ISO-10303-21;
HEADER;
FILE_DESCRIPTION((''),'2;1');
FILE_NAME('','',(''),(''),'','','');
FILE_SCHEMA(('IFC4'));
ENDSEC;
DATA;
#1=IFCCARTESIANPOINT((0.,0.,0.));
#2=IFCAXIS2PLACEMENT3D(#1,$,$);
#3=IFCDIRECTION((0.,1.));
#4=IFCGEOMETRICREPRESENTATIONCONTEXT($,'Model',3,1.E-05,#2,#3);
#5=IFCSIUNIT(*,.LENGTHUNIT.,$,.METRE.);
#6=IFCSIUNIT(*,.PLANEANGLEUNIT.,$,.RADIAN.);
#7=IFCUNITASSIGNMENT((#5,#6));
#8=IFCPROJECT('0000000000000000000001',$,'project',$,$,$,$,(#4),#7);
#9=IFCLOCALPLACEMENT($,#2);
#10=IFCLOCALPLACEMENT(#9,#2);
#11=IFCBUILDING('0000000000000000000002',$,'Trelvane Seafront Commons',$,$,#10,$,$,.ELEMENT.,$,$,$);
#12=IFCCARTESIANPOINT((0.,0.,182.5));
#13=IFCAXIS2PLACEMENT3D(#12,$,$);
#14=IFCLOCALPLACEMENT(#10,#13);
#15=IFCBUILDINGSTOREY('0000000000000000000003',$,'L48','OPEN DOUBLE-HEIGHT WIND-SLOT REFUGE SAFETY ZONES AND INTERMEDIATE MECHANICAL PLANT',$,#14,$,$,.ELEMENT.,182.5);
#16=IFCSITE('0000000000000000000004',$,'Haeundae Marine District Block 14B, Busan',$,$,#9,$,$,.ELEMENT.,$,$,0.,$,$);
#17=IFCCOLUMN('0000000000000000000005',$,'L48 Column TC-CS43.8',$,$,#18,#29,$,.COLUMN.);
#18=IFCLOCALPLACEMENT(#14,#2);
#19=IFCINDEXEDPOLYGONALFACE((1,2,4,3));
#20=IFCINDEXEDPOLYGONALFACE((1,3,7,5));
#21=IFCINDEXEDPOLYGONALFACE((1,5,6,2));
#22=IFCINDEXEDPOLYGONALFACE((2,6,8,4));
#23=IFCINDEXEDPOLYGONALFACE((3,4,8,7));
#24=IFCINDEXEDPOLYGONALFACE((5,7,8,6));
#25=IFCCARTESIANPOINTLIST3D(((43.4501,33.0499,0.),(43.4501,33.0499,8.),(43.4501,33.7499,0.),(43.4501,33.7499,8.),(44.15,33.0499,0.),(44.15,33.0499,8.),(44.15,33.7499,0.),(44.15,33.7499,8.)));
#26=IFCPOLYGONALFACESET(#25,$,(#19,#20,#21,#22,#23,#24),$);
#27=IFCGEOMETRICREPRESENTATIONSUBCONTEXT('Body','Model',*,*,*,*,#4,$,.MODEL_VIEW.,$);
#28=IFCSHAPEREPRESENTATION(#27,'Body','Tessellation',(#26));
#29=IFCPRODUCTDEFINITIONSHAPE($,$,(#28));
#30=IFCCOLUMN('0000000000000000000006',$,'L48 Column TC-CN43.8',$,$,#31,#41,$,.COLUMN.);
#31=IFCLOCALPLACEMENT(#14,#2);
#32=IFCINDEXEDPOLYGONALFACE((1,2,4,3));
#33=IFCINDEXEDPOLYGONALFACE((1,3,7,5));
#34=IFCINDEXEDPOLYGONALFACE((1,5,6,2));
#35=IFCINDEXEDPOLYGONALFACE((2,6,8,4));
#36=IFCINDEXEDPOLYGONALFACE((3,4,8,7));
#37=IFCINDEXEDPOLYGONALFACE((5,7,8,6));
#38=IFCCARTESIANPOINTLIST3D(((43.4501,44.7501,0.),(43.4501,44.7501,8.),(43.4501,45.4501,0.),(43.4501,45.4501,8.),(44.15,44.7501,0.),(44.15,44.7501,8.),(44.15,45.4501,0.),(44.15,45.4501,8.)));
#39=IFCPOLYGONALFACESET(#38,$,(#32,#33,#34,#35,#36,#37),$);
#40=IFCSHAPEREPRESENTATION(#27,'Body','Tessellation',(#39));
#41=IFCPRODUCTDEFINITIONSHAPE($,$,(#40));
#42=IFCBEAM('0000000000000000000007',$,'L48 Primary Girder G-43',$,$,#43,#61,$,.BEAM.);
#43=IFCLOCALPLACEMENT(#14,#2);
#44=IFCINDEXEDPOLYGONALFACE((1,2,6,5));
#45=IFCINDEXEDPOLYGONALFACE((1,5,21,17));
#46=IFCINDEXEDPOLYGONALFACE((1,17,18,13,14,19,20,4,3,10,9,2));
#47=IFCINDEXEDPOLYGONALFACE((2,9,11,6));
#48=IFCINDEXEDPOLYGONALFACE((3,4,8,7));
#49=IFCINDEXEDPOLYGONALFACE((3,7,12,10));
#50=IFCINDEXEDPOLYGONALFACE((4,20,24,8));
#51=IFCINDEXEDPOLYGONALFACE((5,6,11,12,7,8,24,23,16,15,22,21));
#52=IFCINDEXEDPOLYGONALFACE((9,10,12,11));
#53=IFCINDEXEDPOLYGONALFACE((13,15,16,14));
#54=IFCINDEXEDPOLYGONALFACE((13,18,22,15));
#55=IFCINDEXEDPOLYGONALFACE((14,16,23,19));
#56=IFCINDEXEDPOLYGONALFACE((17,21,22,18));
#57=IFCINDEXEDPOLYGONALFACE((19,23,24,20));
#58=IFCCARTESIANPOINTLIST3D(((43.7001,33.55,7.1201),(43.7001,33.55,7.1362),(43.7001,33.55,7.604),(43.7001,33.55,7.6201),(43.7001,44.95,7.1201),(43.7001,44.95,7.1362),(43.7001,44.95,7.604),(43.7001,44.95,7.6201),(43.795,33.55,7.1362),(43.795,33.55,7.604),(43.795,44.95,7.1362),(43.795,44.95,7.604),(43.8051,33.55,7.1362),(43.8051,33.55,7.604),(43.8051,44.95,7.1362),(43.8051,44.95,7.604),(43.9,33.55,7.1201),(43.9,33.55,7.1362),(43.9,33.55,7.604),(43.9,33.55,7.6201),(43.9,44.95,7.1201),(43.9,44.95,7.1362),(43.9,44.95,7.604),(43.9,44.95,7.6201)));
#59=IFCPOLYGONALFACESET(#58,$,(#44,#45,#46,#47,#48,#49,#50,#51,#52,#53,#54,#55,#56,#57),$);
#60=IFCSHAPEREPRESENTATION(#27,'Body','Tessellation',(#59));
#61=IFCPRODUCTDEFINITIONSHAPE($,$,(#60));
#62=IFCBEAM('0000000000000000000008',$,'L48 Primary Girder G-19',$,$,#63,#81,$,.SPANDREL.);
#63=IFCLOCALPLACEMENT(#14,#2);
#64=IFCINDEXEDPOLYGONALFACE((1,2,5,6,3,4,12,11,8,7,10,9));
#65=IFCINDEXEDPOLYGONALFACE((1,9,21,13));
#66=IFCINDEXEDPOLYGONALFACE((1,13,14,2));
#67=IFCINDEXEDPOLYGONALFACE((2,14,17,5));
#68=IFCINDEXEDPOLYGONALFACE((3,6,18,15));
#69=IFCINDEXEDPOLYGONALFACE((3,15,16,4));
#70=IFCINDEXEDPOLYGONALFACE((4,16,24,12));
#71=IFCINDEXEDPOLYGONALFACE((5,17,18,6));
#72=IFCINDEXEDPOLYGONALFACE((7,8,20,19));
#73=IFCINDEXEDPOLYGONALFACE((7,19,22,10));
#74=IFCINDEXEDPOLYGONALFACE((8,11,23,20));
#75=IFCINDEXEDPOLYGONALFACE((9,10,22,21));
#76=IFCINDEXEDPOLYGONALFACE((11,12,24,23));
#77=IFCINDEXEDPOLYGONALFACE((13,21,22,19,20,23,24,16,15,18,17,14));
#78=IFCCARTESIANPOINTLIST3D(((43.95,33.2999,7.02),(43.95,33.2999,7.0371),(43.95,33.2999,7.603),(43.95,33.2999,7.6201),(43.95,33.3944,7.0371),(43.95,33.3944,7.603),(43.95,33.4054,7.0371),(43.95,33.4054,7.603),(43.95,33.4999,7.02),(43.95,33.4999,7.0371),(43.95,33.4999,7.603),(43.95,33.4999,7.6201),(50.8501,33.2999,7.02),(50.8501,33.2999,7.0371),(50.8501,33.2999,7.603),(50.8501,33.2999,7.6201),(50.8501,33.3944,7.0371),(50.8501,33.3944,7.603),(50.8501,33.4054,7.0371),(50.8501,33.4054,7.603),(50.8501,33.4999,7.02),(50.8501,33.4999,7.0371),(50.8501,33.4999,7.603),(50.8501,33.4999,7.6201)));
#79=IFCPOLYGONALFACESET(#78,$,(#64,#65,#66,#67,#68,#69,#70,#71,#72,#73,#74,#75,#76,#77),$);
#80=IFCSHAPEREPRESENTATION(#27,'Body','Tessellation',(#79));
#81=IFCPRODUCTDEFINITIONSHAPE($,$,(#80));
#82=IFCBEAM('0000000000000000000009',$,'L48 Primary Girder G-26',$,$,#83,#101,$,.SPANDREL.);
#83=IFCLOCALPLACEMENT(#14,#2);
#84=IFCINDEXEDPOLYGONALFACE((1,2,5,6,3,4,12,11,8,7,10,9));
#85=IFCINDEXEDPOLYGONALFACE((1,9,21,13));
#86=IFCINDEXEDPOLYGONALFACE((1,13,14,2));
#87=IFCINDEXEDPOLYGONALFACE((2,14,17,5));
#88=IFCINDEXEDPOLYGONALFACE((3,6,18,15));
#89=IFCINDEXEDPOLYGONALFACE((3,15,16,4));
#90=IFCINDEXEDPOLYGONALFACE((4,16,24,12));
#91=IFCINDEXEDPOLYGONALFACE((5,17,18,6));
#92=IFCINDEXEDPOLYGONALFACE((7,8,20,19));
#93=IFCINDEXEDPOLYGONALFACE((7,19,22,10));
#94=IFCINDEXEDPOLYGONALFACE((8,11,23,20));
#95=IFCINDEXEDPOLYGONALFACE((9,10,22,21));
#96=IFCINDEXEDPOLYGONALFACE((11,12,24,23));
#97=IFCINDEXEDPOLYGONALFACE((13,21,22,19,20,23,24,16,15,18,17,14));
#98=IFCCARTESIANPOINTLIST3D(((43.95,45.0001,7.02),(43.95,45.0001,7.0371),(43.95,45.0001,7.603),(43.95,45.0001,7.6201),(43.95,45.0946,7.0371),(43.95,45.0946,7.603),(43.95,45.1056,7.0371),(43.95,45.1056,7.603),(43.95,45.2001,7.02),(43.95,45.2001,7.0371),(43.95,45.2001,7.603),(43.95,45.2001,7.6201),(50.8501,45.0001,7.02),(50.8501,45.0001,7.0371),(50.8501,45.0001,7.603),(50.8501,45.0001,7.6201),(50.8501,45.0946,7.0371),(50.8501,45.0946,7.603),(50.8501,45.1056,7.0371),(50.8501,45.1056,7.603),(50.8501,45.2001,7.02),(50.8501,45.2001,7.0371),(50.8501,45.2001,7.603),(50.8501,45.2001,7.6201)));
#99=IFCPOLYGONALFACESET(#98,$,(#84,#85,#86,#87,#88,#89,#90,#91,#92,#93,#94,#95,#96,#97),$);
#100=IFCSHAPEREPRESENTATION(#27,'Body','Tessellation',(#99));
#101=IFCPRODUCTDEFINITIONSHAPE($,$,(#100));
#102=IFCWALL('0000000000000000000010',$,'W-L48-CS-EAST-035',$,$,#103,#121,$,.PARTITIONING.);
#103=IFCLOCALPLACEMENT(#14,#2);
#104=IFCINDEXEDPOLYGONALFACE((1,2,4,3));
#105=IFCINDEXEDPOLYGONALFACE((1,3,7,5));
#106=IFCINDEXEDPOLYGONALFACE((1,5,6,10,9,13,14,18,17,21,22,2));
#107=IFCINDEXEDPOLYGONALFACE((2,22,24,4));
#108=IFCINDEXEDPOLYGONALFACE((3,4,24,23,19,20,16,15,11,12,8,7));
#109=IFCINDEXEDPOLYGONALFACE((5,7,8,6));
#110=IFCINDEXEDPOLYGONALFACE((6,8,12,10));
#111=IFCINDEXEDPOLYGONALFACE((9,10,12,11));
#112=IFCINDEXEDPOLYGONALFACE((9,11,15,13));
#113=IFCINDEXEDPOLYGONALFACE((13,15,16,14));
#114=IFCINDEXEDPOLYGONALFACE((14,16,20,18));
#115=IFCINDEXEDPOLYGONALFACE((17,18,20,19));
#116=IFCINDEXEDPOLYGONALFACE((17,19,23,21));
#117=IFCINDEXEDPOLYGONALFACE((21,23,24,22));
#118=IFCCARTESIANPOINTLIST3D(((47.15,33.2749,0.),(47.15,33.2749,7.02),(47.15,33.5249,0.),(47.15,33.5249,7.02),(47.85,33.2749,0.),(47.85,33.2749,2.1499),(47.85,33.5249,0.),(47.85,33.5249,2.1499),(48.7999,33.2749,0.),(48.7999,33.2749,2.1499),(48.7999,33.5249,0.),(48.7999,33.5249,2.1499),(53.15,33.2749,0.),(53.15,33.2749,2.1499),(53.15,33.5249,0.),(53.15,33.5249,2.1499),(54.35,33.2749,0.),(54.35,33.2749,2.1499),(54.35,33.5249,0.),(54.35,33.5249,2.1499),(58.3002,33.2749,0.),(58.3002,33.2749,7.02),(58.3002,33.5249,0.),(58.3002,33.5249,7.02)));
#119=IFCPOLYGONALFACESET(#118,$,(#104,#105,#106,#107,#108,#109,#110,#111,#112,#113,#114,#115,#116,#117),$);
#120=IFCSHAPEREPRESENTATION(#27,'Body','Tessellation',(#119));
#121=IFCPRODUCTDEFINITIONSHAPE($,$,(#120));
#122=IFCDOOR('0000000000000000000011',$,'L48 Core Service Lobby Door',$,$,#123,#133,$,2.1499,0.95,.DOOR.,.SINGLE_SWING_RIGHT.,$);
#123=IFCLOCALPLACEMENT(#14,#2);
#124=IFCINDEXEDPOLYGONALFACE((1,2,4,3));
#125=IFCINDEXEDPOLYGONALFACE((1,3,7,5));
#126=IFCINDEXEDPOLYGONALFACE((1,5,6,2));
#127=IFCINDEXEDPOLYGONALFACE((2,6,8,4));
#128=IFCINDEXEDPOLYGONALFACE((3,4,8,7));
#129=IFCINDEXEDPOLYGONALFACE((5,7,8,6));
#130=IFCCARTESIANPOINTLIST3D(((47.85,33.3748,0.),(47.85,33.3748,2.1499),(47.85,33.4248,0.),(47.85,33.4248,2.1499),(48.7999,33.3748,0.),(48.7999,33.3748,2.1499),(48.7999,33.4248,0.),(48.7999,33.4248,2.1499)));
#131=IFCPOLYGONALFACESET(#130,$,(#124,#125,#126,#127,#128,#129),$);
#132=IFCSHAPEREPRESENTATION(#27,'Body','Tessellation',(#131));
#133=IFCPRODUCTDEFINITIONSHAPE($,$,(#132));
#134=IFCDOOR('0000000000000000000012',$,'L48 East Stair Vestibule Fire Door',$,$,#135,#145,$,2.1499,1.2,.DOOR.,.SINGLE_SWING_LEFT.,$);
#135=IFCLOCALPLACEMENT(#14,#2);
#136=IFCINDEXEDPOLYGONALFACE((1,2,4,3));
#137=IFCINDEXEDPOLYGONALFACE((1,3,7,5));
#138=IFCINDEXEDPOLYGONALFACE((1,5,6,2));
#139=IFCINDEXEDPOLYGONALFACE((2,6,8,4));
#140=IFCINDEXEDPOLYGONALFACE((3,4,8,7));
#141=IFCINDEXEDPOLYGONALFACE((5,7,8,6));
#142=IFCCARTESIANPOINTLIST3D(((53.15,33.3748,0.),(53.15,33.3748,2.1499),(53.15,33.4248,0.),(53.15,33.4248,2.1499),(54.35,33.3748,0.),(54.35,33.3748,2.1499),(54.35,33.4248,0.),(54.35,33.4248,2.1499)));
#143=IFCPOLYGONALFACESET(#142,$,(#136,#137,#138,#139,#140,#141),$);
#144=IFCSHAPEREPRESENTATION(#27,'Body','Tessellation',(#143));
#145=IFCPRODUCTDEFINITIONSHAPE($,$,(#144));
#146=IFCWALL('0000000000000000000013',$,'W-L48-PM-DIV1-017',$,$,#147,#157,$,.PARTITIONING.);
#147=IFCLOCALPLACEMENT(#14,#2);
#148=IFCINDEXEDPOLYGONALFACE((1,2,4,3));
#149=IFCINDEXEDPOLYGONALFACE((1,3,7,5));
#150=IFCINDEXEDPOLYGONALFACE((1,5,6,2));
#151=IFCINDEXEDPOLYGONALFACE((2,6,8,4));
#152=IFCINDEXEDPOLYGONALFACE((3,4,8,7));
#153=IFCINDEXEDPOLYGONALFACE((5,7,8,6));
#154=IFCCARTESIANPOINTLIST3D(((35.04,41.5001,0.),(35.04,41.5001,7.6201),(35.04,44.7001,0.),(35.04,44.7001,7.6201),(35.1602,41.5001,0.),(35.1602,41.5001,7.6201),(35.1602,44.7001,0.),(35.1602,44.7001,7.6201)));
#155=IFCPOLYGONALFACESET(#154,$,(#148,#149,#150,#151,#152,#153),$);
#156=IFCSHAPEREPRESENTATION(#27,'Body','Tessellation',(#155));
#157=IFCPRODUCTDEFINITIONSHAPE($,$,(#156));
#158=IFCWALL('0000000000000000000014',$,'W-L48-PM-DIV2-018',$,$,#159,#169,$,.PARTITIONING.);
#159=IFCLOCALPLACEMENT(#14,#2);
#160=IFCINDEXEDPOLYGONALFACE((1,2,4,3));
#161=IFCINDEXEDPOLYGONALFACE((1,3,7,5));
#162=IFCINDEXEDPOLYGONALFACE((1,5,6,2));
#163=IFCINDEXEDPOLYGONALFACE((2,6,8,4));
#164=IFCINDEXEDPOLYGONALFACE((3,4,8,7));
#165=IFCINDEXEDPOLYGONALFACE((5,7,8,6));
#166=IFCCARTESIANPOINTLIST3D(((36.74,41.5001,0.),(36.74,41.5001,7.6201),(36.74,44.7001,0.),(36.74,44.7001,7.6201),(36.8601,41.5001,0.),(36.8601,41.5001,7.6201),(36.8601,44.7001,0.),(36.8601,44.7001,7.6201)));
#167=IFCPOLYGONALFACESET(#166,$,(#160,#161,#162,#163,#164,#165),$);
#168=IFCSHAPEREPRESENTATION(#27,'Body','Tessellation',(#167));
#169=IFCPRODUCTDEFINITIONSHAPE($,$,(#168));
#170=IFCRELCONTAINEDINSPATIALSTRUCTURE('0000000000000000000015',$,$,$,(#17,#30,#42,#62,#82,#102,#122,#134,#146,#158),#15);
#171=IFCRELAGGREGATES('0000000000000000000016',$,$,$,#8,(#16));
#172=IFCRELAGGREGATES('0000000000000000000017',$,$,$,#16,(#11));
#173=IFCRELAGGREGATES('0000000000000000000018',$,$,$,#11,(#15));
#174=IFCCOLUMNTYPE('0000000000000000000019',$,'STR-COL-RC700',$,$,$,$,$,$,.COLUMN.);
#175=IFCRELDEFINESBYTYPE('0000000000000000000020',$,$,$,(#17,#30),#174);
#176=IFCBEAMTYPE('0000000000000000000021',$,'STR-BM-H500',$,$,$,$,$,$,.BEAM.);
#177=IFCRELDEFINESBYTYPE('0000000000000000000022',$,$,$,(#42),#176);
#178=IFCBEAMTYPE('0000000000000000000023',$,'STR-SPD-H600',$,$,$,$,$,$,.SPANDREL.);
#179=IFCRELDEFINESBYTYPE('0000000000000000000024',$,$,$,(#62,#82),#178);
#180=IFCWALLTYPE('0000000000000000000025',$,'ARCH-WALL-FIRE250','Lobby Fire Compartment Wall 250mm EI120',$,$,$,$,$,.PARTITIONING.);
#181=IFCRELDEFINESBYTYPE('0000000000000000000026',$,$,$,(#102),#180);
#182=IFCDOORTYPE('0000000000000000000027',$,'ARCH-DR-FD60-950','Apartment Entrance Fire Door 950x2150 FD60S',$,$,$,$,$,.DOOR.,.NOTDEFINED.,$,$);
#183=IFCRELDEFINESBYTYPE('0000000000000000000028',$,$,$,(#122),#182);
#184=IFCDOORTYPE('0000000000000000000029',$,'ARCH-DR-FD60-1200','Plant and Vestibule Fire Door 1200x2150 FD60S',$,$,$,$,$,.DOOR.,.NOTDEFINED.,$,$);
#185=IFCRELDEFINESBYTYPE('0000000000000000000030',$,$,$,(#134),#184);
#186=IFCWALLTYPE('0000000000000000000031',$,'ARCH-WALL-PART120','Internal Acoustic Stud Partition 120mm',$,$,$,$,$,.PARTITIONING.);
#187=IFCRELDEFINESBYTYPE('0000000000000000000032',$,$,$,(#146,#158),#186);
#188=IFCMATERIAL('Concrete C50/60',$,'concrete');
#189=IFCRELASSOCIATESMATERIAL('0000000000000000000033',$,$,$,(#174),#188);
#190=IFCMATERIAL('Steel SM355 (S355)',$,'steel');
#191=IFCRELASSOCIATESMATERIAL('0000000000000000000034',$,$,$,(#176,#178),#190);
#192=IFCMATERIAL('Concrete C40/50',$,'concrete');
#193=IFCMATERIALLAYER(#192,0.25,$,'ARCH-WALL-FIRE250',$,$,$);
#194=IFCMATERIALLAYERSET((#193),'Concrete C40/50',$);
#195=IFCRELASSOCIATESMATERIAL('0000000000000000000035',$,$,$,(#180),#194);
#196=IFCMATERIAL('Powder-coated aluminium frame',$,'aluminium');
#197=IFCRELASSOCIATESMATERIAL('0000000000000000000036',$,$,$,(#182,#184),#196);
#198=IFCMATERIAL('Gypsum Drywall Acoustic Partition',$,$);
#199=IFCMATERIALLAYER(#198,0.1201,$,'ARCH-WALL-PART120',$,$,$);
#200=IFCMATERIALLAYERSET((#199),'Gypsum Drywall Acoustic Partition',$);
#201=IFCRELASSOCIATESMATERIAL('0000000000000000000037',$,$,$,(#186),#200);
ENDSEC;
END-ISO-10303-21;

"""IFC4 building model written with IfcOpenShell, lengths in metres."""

from ifc_helpers import new_model, si_unit, direction, frame, frame_2d, origin, origin_2d, place, context, subcontext, project, spatial, rectangle, i_section, extrude, source, transform, mapped, material, layer, layer_set, material_profile, profile_set, type_object, element, fill, save


model = new_model("IFC4")

# Units and contexts
model_context = context("Model", 3, precision=1e-05, world=origin(), true_north=direction((0.0, 1.0)))
body_context = subcontext(model_context, "Body", "Model", "MODEL_VIEW")
ifc_project = project(units=[si_unit("LENGTHUNIT", "METRE"), si_unit("PLANEANGLEUNIT", "RADIAN")], contexts=[model_context])

# Site, building, storey
site_placement = place(None, origin())
site = spatial("IfcSite", under=ifc_project, at=site_placement, Name="Haeundae Marine District Block 14B, Busan", CompositionType="ELEMENT", RefElevation=0.0)
building_placement = place(site_placement, origin())
building = spatial("IfcBuilding", under=site, at=building_placement, Name="Trelvane Seafront Commons", CompositionType="ELEMENT")
storey_placement = place(building_placement, frame((0.0, 0.0, 182.5)))
storey = spatial("IfcBuildingStorey", under=building, at=storey_placement, Name="L48", Description="OPEN DOUBLE-HEIGHT WIND-SLOT REFUGE SAFETY ZONES AND INTERMEDIATE MECHANICAL PLANT", CompositionType="ELEMENT", Elevation=182.5)

# Columns
ifc_material_1 = material(Name="Concrete C50/60", Category="concrete")
ifc_material_profile_1 = material_profile(ifc_material_1, rectangle(XDim=0.7, YDim=0.7, at=origin_2d()), Name="RC-700x700")
ifc_profile_set_1 = profile_set([ifc_material_profile_1], Name="Concrete C50/60")
column_type = type_object("IfcColumnType", Name="STR-COL-RC700", PredefinedType="COLUMN", material=ifc_profile_set_1)
shared_shape_1 = source(origin(), body_context, "Body", "SweptSolid", [
    extrude(rectangle(XDim=0.7, YDim=0.7, at=origin_2d()), origin(), (0.0, 0.0, 1.0), 8.0),
])
for number, where, z_axis, x_axis, name in (
    (1, (43.8, 33.3999, 0.0), (0.0, 0.0, 1.0), (1.0, 0.0, 0.0), "L48 Column TC-CS43.8"),
    (2, (43.8, 45.1001, 0.0), (0.0, 0.0, 1.0), (1.0, 0.0, 0.0), "L48 Column TC-CN43.8"),
):
    element("IfcColumn", number, at=place(storey_placement, frame(where, z_axis=z_axis, x_axis=x_axis)), inside=storey, type_object=column_type, Name=name, PredefinedType="COLUMN", context=body_context, shape_type="MappedRepresentation", body=[
        mapped(shared_shape_1, transform((0.0, 0.0, 0.0), x_axis=(1.0, 0.0, 0.0), y_axis=(0.0, 1.0, 0.0), z_axis=(0.0, 0.0, 1.0), scale=1.0)),
    ])

# Beams
ifc_material_2 = material(Name="Steel SM355 (S355)", Category="steel")
ifc_material_profile_2 = material_profile(ifc_material_2, i_section(OverallWidth=0.2, OverallDepth=0.5, WebThickness=0.01, FlangeThickness=0.0161, at=origin_2d()), Name="H-500x200x10x16")
ifc_profile_set_2 = profile_set([ifc_material_profile_2], Name="Steel SM355 (S355)")
beam_type_1 = type_object("IfcBeamType", Name="STR-BM-H500", PredefinedType="BEAM", material=ifc_profile_set_2)
shared_shape_2 = source(origin(), body_context, "Body", "SweptSolid", [
    extrude(i_section(OverallWidth=0.2, OverallDepth=0.5, WebThickness=0.01, FlangeThickness=0.0161, at=origin_2d()), origin(), (0.0, 0.0, 1.0), 11.3999),
])
beam_placement = place(storey_placement, frame((43.8, 33.55, 7.3701), z_axis=(0.0, 1.0, 0.0), x_axis=(-1.0, 0.0, 0.0)))
element("IfcBeam", 3, at=beam_placement, inside=storey, type_object=beam_type_1, Name="L48 Primary Girder G-43", PredefinedType="BEAM", context=body_context, shape_type="MappedRepresentation", body=[
    mapped(shared_shape_2, transform((0.0, 0.0, 0.0), x_axis=(1.0, 0.0, 0.0), y_axis=(0.0, 1.0, 0.0), z_axis=(0.0, 0.0, 1.0), scale=1.0)),
])
ifc_material_profile_3 = material_profile(ifc_material_2, i_section(OverallWidth=0.2, OverallDepth=0.6001, WebThickness=0.011, FlangeThickness=0.0171, at=origin_2d()), Name="H-600x200x11x17")
ifc_profile_set_3 = profile_set([ifc_material_profile_3], Name="Steel SM355 (S355)")
beam_type_2 = type_object("IfcBeamType", Name="STR-SPD-H600", PredefinedType="SPANDREL", material=ifc_profile_set_3)
shared_shape_3 = source(origin(), body_context, "Body", "SweptSolid", [
    extrude(i_section(OverallWidth=0.2, OverallDepth=0.6001, WebThickness=0.011, FlangeThickness=0.0171, at=origin_2d()), origin(), (0.0, 0.0, 1.0), 6.9001),
])
for number, where, z_axis, x_axis, name in (
    (4, (43.95, 33.3999, 7.3201), (1.0, 0.0, 0.0), (0.0, 1.0, 0.0), "L48 Primary Girder G-19"),
    (5, (43.95, 45.1001, 7.3201), (1.0, 0.0, 0.0), (0.0, 1.0, 0.0), "L48 Primary Girder G-26"),
):
    element("IfcBeam", number, at=place(storey_placement, frame(where, z_axis=z_axis, x_axis=x_axis)), inside=storey, type_object=beam_type_2, Name=name, PredefinedType="SPANDREL", context=body_context, shape_type="MappedRepresentation", body=[
        mapped(shared_shape_3, transform((0.0, 0.0, 0.0), x_axis=(1.0, 0.0, 0.0), y_axis=(0.0, 1.0, 0.0), z_axis=(0.0, 0.0, 1.0), scale=1.0)),
    ])

# Wall, openings, doors
ifc_material_3 = material(Name="Concrete C40/50", Category="concrete")
ifc_layer_1 = layer(ifc_material_3, 0.25, Name="ARCH-WALL-FIRE250")
ifc_layer_set_1 = layer_set([ifc_layer_1], Name="Concrete C40/50")
wall_type_1 = type_object("IfcWallType", Name="ARCH-WALL-FIRE250", Description="Lobby Fire Compartment Wall 250mm EI120", PredefinedType="PARTITIONING", material=ifc_layer_set_1)
wall_1_placement = place(storey_placement, frame((47.1499, 33.3999, 0.0), z_axis=(0.0, 0.0, 1.0), x_axis=(1.0, 0.0, 0.0)))
wall_1 = element("IfcWall", 6, at=wall_1_placement, inside=storey, type_object=wall_type_1, Name="W-L48-CS-EAST-035", PredefinedType="PARTITIONING", context=body_context, shape_type="SweptSolid", body=[
    extrude(rectangle(XDim=11.1501, YDim=0.25, at=frame_2d((5.5752, 0.0))), origin(), (0.0, 0.0, 1.0), 7.02),
])
opening_1_placement = place(wall_1_placement, frame((0.7, 0.0, 0.0)))
opening_1 = element("IfcOpeningElement", 7, at=opening_1_placement, cuts=wall_1, PredefinedType="OPENING", context=body_context, shape_type="SweptSolid", body=[
    extrude(rectangle(XDim=0.95, YDim=2.1499, at=frame_2d((0.4751, 1.075))), frame((0.0, 0.135, 0.0), z_axis=(0.0, -1.0, 0.0), x_axis=(1.0, 0.0, 0.0)), (0.0, 0.0, 1.0), 0.27),
])
opening_2_placement = place(wall_1_placement, frame((6.0, 0.0, 0.0)))
opening_2 = element("IfcOpeningElement", 8, at=opening_2_placement, cuts=wall_1, PredefinedType="OPENING", context=body_context, shape_type="SweptSolid", body=[
    extrude(rectangle(XDim=1.2, YDim=2.1499, at=frame_2d((0.6001, 1.075))), frame((0.0, 0.135, 0.0), z_axis=(0.0, -1.0, 0.0), x_axis=(1.0, 0.0, 0.0)), (0.0, 0.0, 1.0), 0.27),
])
ifc_material_4 = material(Name="Powder-coated aluminium frame", Category="aluminium")
door_type_1 = type_object("IfcDoorType", Name="ARCH-DR-FD60-950", Description="Apartment Entrance Fire Door 950x2150 FD60S", OperationType="NOTDEFINED", PredefinedType="DOOR", material=ifc_material_4)
shared_shape_4 = source(origin(), body_context, "Body", "SweptSolid", [
    extrude(rectangle(XDim=0.95, YDim=2.1499, at=frame_2d((0.4751, 1.075))), frame((0.0, 0.0249, 0.0), z_axis=(0.0, -1.0, 0.0), x_axis=(1.0, 0.0, 0.0)), (0.0, 0.0, 1.0), 0.05),
])
door_1_placement = place(opening_1_placement, origin())
door_1 = element("IfcDoor", 9, at=door_1_placement, inside=storey, type_object=door_type_1, Name="L48 Core Service Lobby Door", OperationType="SINGLE_SWING_RIGHT", OverallHeight=2.1499, OverallWidth=0.95, PredefinedType="DOOR", context=body_context, shape_type="MappedRepresentation", body=[
    mapped(shared_shape_4, transform((0.0, 0.0, 0.0), x_axis=(1.0, 0.0, 0.0), y_axis=(0.0, 1.0, 0.0), z_axis=(0.0, 0.0, 1.0), scale=1.0)),
])
fill(opening_1, door_1)
door_type_2 = type_object("IfcDoorType", Name="ARCH-DR-FD60-1200", Description="Plant and Vestibule Fire Door 1200x2150 FD60S", OperationType="NOTDEFINED", PredefinedType="DOOR", material=ifc_material_4)
shared_shape_5 = source(origin(), body_context, "Body", "SweptSolid", [
    extrude(rectangle(XDim=1.2, YDim=2.1499, at=frame_2d((0.6001, 1.075))), frame((0.0, 0.0249, 0.0), z_axis=(0.0, -1.0, 0.0), x_axis=(1.0, 0.0, 0.0)), (0.0, 0.0, 1.0), 0.05),
])
door_2_placement = place(opening_2_placement, origin())
door_2 = element("IfcDoor", 10, at=door_2_placement, inside=storey, type_object=door_type_2, Name="L48 East Stair Vestibule Fire Door", OperationType="SINGLE_SWING_LEFT", OverallHeight=2.1499, OverallWidth=1.2, PredefinedType="DOOR", context=body_context, shape_type="MappedRepresentation", body=[
    mapped(shared_shape_5, transform((0.0, 0.0, 0.0), x_axis=(1.0, 0.0, 0.0), y_axis=(0.0, 1.0, 0.0), z_axis=(0.0, 0.0, 1.0), scale=1.0)),
])
fill(opening_2, door_2)

# Walls
ifc_material_5 = material(Name="Gypsum Drywall Acoustic Partition")
ifc_layer_2 = layer(ifc_material_5, 0.1201, Name="ARCH-WALL-PART120")
ifc_layer_set_2 = layer_set([ifc_layer_2], Name="Gypsum Drywall Acoustic Partition")
wall_type_2 = type_object("IfcWallType", Name="ARCH-WALL-PART120", Description="Internal Acoustic Stud Partition 120mm", PredefinedType="PARTITIONING", material=ifc_layer_set_2)
for number, where, z_axis, x_axis, name in (
    (11, (35.1001, 41.5, 0.0), (0.0, 0.0, 1.0), (0.0, 1.0, 0.0), "W-L48-PM-DIV1-017"),
    (12, (36.8, 41.5, 0.0), (0.0, 0.0, 1.0), (0.0, 1.0, 0.0), "W-L48-PM-DIV2-018"),
):
    element("IfcWall", number, at=place(storey_placement, frame(where, z_axis=z_axis, x_axis=x_axis)), inside=storey, type_object=wall_type_2, Name=name, PredefinedType="PARTITIONING", context=body_context, shape_type="SweptSolid", body=[
        extrude(rectangle(XDim=3.2, YDim=0.1201, at=frame_2d((1.6001, 0.0))), origin(), (0.0, 0.0, 1.0), 7.6201),
    ])

save(model, "model.ifc")
